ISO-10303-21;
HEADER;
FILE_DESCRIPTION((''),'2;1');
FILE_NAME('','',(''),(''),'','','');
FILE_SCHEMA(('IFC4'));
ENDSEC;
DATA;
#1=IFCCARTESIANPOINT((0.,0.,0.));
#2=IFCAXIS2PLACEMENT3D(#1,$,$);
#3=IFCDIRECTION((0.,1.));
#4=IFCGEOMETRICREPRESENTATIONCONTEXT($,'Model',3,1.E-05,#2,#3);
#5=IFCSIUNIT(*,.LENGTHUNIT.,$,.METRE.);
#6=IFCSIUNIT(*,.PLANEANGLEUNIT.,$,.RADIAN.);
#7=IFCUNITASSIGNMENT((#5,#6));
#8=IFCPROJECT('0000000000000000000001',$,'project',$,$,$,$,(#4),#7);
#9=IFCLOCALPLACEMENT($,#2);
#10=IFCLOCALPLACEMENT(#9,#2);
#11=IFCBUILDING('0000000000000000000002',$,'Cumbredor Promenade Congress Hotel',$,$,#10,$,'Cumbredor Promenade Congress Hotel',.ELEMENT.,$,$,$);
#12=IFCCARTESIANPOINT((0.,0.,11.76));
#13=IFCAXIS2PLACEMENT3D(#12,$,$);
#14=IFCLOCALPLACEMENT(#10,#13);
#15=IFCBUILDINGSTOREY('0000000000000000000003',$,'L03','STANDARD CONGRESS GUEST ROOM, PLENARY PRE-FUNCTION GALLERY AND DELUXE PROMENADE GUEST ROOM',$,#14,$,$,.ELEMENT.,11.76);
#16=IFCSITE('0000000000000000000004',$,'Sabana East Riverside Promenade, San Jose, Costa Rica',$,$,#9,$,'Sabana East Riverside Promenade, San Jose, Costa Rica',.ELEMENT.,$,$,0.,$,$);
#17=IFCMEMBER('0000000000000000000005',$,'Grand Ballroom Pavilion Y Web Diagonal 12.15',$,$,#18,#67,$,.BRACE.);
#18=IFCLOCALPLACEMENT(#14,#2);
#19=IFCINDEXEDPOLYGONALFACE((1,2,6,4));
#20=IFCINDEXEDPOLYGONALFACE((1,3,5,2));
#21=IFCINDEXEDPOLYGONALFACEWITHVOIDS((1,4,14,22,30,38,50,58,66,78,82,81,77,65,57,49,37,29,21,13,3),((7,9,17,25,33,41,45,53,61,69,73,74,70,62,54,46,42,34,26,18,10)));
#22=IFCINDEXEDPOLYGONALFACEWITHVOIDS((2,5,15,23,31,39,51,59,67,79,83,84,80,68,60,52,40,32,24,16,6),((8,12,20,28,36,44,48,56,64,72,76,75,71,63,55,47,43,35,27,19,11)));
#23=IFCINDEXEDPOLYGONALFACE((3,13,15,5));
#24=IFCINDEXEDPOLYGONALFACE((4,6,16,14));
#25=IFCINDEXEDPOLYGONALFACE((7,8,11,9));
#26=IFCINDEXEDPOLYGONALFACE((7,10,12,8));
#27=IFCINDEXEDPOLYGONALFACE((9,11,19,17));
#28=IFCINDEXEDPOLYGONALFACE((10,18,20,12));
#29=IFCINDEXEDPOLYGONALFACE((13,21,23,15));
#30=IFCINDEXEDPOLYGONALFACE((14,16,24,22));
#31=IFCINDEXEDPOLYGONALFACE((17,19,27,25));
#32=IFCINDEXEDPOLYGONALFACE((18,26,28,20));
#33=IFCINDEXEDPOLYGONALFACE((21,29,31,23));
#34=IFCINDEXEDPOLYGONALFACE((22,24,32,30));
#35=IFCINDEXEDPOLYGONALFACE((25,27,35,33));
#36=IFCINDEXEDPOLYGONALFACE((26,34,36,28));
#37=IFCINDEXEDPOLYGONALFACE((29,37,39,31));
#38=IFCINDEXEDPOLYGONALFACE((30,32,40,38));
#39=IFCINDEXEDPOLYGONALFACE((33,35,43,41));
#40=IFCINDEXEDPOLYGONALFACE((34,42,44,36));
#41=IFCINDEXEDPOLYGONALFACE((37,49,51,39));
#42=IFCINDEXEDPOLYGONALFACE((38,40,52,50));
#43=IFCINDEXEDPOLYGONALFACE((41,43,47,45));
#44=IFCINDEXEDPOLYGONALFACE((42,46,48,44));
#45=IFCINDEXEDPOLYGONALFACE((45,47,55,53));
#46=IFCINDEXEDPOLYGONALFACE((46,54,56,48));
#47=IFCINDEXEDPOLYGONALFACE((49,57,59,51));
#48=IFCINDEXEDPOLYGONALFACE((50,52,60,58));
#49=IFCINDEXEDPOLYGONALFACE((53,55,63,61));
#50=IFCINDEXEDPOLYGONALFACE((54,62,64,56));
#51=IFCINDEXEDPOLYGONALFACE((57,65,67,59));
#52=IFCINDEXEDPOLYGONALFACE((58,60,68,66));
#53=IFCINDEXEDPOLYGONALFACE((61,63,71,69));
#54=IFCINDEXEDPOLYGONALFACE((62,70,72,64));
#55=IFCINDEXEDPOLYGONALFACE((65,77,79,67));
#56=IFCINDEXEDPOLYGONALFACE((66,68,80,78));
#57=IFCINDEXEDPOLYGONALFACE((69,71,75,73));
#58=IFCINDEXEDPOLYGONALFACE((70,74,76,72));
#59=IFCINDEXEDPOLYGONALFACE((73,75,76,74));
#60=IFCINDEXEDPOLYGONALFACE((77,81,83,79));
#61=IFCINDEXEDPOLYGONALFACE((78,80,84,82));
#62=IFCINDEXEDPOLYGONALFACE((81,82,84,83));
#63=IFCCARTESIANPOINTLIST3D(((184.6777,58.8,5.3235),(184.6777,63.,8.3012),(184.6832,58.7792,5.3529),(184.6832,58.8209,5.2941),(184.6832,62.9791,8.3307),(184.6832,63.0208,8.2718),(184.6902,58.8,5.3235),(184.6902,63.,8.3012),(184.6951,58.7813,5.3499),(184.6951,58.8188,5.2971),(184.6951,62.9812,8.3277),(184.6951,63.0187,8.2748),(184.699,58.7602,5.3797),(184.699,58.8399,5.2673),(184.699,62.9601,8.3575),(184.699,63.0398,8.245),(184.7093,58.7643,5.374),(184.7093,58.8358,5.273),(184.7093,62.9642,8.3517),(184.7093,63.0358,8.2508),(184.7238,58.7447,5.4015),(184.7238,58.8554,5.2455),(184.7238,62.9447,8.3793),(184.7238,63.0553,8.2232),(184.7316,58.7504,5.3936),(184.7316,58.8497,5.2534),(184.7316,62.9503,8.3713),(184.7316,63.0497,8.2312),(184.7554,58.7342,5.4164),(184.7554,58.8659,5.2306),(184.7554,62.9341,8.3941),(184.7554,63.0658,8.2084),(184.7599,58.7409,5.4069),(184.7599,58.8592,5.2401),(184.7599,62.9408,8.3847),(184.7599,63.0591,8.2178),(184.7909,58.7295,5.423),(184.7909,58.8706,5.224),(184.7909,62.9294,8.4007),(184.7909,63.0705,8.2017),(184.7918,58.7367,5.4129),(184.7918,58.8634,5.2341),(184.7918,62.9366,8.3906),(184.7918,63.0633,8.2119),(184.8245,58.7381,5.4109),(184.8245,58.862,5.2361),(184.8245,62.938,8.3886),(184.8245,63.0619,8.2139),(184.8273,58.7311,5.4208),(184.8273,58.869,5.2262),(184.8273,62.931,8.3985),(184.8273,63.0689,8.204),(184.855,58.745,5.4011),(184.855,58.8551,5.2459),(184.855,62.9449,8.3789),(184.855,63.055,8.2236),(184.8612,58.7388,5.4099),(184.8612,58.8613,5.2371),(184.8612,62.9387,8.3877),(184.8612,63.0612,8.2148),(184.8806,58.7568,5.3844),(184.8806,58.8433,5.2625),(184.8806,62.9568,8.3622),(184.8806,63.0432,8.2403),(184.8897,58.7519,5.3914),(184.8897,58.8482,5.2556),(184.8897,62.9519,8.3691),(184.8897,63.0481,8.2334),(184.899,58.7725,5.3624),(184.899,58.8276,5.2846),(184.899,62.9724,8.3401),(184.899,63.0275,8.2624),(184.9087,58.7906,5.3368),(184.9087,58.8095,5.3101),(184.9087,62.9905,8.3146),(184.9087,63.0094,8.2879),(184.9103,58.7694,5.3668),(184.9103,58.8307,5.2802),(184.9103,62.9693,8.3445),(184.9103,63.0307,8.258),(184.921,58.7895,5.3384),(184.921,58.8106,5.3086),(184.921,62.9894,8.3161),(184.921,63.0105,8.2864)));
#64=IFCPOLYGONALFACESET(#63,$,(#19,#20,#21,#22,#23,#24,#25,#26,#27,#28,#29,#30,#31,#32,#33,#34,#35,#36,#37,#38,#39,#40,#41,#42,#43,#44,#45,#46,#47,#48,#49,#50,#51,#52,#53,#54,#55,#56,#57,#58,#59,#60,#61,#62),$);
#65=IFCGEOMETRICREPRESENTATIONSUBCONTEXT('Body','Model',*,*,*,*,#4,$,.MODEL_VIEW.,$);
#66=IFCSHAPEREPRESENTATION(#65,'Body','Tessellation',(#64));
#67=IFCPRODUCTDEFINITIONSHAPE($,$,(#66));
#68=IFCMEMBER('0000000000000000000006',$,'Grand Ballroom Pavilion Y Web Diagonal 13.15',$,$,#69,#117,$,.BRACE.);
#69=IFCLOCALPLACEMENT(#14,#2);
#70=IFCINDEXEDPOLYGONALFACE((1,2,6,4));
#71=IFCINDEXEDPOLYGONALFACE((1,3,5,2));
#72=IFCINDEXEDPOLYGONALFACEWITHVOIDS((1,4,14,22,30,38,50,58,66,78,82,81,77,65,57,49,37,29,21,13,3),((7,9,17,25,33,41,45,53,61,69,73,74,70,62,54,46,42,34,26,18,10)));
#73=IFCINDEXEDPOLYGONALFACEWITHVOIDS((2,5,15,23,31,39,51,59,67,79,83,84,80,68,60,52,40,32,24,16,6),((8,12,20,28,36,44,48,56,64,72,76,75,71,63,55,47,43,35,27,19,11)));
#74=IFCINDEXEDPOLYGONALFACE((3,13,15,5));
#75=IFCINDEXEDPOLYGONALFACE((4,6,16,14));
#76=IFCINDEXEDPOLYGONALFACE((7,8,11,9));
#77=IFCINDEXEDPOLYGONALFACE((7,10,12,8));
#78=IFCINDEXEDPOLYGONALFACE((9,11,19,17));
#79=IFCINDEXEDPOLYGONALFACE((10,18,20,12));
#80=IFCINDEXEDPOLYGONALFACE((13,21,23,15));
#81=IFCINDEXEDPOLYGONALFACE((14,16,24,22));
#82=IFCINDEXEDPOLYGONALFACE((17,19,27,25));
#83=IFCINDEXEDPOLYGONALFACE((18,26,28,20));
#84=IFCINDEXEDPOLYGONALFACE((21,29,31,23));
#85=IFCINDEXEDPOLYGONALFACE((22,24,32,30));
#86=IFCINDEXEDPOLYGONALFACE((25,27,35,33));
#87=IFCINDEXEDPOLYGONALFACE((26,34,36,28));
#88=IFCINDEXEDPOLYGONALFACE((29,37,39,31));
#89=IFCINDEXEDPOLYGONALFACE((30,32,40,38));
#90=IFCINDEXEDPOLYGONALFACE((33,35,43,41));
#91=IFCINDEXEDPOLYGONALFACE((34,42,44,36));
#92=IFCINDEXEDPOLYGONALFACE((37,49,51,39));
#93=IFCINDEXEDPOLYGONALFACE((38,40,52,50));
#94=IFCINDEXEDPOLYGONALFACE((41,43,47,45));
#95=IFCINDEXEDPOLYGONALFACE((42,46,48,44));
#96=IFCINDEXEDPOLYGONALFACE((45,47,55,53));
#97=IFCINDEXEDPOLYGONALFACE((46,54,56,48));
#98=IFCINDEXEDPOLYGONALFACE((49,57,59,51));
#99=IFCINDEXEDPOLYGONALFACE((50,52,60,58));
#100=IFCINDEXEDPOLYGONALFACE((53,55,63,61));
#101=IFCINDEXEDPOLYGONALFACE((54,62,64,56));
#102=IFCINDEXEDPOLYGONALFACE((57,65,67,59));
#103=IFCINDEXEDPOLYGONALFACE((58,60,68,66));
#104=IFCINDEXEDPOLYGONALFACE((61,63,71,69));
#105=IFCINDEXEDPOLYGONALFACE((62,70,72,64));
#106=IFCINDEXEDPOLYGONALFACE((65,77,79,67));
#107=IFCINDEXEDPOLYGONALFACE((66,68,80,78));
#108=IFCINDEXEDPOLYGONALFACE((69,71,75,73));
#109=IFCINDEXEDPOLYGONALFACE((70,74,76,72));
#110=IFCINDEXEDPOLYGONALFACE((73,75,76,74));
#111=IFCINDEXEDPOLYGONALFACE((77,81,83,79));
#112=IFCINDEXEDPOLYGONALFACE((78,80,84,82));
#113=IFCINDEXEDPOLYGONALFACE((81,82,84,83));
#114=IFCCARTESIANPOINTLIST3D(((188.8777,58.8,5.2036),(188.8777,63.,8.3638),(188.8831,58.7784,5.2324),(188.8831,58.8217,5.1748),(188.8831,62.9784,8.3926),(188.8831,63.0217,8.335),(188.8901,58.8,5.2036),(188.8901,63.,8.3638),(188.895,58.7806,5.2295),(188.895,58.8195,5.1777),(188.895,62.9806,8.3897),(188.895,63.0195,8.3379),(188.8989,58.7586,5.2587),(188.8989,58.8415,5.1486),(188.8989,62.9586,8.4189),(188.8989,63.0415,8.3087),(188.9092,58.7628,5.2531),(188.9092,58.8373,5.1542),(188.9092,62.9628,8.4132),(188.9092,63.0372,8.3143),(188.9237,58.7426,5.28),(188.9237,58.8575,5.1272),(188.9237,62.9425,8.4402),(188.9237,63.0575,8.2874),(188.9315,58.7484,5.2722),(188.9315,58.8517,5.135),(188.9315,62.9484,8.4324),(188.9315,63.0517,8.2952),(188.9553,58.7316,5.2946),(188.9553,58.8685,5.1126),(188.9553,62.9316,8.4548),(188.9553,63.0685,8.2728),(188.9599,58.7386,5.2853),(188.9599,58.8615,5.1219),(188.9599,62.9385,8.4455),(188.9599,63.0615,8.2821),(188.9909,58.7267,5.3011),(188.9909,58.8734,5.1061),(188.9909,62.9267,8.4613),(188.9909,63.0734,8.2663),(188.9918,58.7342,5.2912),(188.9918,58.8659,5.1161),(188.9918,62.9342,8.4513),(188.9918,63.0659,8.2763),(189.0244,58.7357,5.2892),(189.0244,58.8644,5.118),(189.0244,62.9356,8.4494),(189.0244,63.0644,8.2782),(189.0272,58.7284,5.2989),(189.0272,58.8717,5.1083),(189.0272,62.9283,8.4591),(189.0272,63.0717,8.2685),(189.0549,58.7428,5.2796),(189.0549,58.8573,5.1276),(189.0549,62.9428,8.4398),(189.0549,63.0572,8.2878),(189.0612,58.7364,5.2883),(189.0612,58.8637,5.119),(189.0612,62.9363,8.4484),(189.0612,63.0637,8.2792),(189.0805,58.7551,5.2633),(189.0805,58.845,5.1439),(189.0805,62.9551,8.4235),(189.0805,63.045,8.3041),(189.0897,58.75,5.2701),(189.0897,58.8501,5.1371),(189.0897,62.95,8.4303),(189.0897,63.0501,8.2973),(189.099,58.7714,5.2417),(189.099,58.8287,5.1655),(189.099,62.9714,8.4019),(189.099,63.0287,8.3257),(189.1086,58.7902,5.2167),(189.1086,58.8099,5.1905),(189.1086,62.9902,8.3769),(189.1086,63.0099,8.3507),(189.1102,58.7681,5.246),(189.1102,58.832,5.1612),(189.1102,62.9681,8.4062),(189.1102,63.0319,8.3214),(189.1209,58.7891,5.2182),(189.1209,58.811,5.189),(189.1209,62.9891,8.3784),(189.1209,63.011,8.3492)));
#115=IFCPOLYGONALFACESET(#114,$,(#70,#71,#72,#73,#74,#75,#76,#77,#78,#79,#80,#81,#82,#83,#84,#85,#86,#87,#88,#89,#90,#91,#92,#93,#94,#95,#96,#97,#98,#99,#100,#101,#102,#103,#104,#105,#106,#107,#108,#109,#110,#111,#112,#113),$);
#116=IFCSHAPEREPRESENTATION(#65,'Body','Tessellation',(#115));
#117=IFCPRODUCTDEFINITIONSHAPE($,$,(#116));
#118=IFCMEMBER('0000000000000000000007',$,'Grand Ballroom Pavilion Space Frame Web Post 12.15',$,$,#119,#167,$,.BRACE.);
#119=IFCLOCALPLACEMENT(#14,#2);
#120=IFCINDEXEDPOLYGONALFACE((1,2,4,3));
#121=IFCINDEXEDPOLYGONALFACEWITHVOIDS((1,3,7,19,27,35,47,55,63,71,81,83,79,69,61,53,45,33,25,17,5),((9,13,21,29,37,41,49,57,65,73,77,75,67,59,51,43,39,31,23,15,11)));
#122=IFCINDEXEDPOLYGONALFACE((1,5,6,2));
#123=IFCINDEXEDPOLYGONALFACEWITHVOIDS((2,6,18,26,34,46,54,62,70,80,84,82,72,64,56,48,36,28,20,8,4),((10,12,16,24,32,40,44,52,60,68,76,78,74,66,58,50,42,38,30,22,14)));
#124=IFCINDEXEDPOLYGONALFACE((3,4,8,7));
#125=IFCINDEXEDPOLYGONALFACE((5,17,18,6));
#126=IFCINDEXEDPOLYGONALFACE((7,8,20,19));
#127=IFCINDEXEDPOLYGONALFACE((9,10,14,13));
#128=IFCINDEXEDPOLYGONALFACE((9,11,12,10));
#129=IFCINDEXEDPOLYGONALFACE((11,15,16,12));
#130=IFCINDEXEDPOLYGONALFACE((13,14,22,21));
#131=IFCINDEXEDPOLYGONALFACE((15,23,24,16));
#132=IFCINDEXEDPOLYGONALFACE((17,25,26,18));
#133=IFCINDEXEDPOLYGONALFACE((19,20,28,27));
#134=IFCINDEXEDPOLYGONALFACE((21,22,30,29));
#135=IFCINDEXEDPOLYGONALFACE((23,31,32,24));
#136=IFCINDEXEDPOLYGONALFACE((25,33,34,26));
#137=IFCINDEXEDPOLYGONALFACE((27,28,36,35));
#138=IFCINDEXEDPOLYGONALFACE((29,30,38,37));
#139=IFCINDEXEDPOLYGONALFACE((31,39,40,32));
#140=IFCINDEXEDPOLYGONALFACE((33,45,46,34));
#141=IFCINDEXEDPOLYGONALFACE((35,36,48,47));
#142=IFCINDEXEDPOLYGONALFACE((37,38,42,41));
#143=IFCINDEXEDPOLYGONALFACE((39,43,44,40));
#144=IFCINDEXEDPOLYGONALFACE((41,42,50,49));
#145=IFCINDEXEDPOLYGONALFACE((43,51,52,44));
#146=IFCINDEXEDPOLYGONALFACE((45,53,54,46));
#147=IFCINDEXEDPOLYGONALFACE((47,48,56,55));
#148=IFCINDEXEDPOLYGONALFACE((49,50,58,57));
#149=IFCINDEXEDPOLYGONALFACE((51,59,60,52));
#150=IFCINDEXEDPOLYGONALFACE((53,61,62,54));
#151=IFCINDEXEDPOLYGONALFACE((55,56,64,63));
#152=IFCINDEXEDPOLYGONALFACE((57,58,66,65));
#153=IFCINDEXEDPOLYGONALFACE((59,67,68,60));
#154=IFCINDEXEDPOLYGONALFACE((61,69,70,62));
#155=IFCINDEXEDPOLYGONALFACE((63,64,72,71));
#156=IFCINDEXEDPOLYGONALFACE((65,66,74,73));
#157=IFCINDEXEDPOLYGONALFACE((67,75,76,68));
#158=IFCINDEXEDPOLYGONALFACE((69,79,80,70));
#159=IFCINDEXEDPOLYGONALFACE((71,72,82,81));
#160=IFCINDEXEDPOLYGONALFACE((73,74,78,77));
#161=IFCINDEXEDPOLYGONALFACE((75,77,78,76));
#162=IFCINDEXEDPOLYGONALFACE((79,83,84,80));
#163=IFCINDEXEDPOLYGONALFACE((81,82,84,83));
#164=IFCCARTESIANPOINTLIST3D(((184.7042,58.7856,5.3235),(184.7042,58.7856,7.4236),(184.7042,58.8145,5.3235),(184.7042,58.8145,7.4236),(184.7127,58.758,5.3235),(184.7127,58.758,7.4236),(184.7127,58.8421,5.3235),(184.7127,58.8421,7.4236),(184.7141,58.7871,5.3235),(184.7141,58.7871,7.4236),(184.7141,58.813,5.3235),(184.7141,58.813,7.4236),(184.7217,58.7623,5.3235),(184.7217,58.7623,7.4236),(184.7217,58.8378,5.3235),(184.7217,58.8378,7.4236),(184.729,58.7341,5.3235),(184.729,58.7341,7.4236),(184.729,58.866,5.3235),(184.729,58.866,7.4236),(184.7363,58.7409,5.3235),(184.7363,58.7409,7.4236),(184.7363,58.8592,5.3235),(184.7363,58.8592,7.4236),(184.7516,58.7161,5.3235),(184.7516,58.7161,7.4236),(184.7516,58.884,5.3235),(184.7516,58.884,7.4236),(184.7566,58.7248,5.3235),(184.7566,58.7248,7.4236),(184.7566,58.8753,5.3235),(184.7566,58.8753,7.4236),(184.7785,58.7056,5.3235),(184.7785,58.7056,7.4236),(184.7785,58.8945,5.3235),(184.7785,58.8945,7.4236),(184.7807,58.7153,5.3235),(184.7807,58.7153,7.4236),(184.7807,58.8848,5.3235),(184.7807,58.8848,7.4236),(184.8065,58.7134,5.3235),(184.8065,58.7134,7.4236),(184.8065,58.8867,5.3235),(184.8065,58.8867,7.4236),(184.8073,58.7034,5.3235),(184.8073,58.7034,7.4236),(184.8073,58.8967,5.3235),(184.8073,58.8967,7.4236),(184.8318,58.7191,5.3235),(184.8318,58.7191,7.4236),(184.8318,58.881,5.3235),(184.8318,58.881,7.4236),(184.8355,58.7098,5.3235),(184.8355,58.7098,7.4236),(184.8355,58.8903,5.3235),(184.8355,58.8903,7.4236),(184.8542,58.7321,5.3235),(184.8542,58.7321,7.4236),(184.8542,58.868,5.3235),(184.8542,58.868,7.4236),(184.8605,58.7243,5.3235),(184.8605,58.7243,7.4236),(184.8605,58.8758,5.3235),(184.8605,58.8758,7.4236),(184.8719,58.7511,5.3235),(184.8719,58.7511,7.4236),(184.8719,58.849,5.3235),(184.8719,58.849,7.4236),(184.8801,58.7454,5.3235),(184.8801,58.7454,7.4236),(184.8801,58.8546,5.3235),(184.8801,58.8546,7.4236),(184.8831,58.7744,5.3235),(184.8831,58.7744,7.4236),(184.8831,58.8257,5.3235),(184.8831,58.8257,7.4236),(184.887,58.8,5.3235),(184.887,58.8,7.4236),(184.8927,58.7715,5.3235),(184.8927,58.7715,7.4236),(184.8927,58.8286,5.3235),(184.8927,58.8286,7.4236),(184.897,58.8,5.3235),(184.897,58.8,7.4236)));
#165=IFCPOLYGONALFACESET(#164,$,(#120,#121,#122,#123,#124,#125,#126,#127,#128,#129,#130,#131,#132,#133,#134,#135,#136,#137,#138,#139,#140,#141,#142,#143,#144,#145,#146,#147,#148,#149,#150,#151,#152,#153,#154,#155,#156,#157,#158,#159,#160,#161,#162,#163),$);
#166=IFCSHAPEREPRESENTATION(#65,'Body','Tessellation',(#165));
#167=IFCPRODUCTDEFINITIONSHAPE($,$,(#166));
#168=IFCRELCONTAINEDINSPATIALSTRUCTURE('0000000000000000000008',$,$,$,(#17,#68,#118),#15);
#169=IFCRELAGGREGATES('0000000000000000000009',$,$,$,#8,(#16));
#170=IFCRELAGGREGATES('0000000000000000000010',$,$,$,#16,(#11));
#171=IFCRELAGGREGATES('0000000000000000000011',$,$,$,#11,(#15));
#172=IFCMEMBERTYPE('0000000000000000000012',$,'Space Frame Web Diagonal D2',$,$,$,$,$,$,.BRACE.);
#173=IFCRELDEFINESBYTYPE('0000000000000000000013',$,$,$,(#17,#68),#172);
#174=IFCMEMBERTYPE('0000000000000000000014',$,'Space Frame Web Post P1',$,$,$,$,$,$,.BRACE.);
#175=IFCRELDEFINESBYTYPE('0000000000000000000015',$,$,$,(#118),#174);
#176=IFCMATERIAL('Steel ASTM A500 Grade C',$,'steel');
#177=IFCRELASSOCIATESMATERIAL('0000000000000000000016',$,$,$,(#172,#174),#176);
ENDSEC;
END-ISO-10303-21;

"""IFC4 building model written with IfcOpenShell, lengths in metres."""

from ifc_helpers import new_model, si_unit, direction, frame, origin, origin_2d, place, context, subcontext, project, spatial, hollow_circle, extrude, material, material_profile, profile_set, type_object, element, save


model = new_model("IFC4")

# Units and contexts
model_context = context("Model", 3, precision=1e-05, world=origin(), true_north=direction((0.0, 1.0)))
body_context = subcontext(model_context, "Body", "Model", "MODEL_VIEW")
ifc_project = project(units=[si_unit("LENGTHUNIT", "METRE"), si_unit("PLANEANGLEUNIT", "RADIAN")], contexts=[model_context])

# Site, building, storey
site_placement = place(None, origin())
site = spatial("IfcSite", under=ifc_project, at=site_placement, Name="Sabana East Riverside Promenade, San Jose, Costa Rica", LongName="Sabana East Riverside Promenade, San Jose, Costa Rica", CompositionType="ELEMENT", RefElevation=0.0)
building_placement = place(site_placement, origin())
building = spatial("IfcBuilding", under=site, at=building_placement, Name="Cumbredor Promenade Congress Hotel", LongName="Cumbredor Promenade Congress Hotel", CompositionType="ELEMENT")
storey_placement = place(building_placement, frame((0.0, 0.0, 11.76)))
storey = spatial("IfcBuildingStorey", under=building, at=storey_placement, Name="L03", Description="STANDARD CONGRESS GUEST ROOM, PLENARY PRE-FUNCTION GALLERY AND DELUXE PROMENADE GUEST ROOM", CompositionType="ELEMENT", Elevation=11.76)

# Shared definitions
ifc_material_1 = material(Name="Steel ASTM A500 Grade C", Category="steel")

# Members
ifc_material_profile_1 = material_profile(ifc_material_1, hollow_circle(Radius=0.1223, WallThickness=0.0125, at=origin_2d()), Name="CHS 244.5x12.5")
ifc_profile_set_1 = profile_set([ifc_material_profile_1], Name="Steel ASTM A500 Grade C")
member_type_1 = type_object("IfcMemberType", Name="Space Frame Web Diagonal D2", PredefinedType="BRACE", material=ifc_profile_set_1)
member_1_placement = place(storey_placement, frame((184.8, 58.8, 5.3235), z_axis=(0.0, 0.815766, 0.578382), x_axis=(-1.0, 0.0, 0.0)))
element("IfcMember", 1, at=member_1_placement, inside=storey, type_object=member_type_1, Name="Grand Ballroom Pavilion Y Web Diagonal 12.15", PredefinedType="BRACE", context=body_context, shape_type="SweptSolid", body=[
    extrude(hollow_circle(Radius=0.1223, WallThickness=0.0125, at=origin_2d()), origin(), (0.0, 0.0, 1.0), 5.1484),
])
member_2_placement = place(storey_placement, frame((189.0, 58.8, 5.2036), z_axis=(0.0, 0.799068, 0.60124), x_axis=(-1.0, 0.0, 0.0)))
element("IfcMember", 2, at=member_2_placement, inside=storey, type_object=member_type_1, Name="Grand Ballroom Pavilion Y Web Diagonal 13.15", PredefinedType="BRACE", context=body_context, shape_type="SweptSolid", body=[
    extrude(hollow_circle(Radius=0.1223, WallThickness=0.0125, at=origin_2d()), origin(), (0.0, 0.0, 1.0), 5.2561),
])
ifc_material_profile_2 = material_profile(ifc_material_1, hollow_circle(Radius=0.0969, WallThickness=0.01, at=origin_2d()), Name="CHS 193.7x10")
ifc_profile_set_2 = profile_set([ifc_material_profile_2], Name="Steel ASTM A500 Grade C")
member_type_2 = type_object("IfcMemberType", Name="Space Frame Web Post P1", PredefinedType="BRACE", material=ifc_profile_set_2)
for number, where, z_axis, x_axis, name in (
    (3, (184.8, 58.8, 5.3235), (0.0, 0.0, 1.0), (1.0, 0.0, 0.0), "Grand Ballroom Pavilion Space Frame Web Post 12.15"),
):
    element("IfcMember", number, at=place(storey_placement, frame(where, z_axis=z_axis, x_axis=x_axis)), inside=storey, type_object=member_type_2, Name=name, PredefinedType="BRACE", context=body_context, shape_type="SweptSolid", body=[
        extrude(hollow_circle(Radius=0.0969, WallThickness=0.01, at=origin_2d()), origin(), (0.0, 0.0, 1.0), 2.1001),
    ])

save(model, "model.ifc")
